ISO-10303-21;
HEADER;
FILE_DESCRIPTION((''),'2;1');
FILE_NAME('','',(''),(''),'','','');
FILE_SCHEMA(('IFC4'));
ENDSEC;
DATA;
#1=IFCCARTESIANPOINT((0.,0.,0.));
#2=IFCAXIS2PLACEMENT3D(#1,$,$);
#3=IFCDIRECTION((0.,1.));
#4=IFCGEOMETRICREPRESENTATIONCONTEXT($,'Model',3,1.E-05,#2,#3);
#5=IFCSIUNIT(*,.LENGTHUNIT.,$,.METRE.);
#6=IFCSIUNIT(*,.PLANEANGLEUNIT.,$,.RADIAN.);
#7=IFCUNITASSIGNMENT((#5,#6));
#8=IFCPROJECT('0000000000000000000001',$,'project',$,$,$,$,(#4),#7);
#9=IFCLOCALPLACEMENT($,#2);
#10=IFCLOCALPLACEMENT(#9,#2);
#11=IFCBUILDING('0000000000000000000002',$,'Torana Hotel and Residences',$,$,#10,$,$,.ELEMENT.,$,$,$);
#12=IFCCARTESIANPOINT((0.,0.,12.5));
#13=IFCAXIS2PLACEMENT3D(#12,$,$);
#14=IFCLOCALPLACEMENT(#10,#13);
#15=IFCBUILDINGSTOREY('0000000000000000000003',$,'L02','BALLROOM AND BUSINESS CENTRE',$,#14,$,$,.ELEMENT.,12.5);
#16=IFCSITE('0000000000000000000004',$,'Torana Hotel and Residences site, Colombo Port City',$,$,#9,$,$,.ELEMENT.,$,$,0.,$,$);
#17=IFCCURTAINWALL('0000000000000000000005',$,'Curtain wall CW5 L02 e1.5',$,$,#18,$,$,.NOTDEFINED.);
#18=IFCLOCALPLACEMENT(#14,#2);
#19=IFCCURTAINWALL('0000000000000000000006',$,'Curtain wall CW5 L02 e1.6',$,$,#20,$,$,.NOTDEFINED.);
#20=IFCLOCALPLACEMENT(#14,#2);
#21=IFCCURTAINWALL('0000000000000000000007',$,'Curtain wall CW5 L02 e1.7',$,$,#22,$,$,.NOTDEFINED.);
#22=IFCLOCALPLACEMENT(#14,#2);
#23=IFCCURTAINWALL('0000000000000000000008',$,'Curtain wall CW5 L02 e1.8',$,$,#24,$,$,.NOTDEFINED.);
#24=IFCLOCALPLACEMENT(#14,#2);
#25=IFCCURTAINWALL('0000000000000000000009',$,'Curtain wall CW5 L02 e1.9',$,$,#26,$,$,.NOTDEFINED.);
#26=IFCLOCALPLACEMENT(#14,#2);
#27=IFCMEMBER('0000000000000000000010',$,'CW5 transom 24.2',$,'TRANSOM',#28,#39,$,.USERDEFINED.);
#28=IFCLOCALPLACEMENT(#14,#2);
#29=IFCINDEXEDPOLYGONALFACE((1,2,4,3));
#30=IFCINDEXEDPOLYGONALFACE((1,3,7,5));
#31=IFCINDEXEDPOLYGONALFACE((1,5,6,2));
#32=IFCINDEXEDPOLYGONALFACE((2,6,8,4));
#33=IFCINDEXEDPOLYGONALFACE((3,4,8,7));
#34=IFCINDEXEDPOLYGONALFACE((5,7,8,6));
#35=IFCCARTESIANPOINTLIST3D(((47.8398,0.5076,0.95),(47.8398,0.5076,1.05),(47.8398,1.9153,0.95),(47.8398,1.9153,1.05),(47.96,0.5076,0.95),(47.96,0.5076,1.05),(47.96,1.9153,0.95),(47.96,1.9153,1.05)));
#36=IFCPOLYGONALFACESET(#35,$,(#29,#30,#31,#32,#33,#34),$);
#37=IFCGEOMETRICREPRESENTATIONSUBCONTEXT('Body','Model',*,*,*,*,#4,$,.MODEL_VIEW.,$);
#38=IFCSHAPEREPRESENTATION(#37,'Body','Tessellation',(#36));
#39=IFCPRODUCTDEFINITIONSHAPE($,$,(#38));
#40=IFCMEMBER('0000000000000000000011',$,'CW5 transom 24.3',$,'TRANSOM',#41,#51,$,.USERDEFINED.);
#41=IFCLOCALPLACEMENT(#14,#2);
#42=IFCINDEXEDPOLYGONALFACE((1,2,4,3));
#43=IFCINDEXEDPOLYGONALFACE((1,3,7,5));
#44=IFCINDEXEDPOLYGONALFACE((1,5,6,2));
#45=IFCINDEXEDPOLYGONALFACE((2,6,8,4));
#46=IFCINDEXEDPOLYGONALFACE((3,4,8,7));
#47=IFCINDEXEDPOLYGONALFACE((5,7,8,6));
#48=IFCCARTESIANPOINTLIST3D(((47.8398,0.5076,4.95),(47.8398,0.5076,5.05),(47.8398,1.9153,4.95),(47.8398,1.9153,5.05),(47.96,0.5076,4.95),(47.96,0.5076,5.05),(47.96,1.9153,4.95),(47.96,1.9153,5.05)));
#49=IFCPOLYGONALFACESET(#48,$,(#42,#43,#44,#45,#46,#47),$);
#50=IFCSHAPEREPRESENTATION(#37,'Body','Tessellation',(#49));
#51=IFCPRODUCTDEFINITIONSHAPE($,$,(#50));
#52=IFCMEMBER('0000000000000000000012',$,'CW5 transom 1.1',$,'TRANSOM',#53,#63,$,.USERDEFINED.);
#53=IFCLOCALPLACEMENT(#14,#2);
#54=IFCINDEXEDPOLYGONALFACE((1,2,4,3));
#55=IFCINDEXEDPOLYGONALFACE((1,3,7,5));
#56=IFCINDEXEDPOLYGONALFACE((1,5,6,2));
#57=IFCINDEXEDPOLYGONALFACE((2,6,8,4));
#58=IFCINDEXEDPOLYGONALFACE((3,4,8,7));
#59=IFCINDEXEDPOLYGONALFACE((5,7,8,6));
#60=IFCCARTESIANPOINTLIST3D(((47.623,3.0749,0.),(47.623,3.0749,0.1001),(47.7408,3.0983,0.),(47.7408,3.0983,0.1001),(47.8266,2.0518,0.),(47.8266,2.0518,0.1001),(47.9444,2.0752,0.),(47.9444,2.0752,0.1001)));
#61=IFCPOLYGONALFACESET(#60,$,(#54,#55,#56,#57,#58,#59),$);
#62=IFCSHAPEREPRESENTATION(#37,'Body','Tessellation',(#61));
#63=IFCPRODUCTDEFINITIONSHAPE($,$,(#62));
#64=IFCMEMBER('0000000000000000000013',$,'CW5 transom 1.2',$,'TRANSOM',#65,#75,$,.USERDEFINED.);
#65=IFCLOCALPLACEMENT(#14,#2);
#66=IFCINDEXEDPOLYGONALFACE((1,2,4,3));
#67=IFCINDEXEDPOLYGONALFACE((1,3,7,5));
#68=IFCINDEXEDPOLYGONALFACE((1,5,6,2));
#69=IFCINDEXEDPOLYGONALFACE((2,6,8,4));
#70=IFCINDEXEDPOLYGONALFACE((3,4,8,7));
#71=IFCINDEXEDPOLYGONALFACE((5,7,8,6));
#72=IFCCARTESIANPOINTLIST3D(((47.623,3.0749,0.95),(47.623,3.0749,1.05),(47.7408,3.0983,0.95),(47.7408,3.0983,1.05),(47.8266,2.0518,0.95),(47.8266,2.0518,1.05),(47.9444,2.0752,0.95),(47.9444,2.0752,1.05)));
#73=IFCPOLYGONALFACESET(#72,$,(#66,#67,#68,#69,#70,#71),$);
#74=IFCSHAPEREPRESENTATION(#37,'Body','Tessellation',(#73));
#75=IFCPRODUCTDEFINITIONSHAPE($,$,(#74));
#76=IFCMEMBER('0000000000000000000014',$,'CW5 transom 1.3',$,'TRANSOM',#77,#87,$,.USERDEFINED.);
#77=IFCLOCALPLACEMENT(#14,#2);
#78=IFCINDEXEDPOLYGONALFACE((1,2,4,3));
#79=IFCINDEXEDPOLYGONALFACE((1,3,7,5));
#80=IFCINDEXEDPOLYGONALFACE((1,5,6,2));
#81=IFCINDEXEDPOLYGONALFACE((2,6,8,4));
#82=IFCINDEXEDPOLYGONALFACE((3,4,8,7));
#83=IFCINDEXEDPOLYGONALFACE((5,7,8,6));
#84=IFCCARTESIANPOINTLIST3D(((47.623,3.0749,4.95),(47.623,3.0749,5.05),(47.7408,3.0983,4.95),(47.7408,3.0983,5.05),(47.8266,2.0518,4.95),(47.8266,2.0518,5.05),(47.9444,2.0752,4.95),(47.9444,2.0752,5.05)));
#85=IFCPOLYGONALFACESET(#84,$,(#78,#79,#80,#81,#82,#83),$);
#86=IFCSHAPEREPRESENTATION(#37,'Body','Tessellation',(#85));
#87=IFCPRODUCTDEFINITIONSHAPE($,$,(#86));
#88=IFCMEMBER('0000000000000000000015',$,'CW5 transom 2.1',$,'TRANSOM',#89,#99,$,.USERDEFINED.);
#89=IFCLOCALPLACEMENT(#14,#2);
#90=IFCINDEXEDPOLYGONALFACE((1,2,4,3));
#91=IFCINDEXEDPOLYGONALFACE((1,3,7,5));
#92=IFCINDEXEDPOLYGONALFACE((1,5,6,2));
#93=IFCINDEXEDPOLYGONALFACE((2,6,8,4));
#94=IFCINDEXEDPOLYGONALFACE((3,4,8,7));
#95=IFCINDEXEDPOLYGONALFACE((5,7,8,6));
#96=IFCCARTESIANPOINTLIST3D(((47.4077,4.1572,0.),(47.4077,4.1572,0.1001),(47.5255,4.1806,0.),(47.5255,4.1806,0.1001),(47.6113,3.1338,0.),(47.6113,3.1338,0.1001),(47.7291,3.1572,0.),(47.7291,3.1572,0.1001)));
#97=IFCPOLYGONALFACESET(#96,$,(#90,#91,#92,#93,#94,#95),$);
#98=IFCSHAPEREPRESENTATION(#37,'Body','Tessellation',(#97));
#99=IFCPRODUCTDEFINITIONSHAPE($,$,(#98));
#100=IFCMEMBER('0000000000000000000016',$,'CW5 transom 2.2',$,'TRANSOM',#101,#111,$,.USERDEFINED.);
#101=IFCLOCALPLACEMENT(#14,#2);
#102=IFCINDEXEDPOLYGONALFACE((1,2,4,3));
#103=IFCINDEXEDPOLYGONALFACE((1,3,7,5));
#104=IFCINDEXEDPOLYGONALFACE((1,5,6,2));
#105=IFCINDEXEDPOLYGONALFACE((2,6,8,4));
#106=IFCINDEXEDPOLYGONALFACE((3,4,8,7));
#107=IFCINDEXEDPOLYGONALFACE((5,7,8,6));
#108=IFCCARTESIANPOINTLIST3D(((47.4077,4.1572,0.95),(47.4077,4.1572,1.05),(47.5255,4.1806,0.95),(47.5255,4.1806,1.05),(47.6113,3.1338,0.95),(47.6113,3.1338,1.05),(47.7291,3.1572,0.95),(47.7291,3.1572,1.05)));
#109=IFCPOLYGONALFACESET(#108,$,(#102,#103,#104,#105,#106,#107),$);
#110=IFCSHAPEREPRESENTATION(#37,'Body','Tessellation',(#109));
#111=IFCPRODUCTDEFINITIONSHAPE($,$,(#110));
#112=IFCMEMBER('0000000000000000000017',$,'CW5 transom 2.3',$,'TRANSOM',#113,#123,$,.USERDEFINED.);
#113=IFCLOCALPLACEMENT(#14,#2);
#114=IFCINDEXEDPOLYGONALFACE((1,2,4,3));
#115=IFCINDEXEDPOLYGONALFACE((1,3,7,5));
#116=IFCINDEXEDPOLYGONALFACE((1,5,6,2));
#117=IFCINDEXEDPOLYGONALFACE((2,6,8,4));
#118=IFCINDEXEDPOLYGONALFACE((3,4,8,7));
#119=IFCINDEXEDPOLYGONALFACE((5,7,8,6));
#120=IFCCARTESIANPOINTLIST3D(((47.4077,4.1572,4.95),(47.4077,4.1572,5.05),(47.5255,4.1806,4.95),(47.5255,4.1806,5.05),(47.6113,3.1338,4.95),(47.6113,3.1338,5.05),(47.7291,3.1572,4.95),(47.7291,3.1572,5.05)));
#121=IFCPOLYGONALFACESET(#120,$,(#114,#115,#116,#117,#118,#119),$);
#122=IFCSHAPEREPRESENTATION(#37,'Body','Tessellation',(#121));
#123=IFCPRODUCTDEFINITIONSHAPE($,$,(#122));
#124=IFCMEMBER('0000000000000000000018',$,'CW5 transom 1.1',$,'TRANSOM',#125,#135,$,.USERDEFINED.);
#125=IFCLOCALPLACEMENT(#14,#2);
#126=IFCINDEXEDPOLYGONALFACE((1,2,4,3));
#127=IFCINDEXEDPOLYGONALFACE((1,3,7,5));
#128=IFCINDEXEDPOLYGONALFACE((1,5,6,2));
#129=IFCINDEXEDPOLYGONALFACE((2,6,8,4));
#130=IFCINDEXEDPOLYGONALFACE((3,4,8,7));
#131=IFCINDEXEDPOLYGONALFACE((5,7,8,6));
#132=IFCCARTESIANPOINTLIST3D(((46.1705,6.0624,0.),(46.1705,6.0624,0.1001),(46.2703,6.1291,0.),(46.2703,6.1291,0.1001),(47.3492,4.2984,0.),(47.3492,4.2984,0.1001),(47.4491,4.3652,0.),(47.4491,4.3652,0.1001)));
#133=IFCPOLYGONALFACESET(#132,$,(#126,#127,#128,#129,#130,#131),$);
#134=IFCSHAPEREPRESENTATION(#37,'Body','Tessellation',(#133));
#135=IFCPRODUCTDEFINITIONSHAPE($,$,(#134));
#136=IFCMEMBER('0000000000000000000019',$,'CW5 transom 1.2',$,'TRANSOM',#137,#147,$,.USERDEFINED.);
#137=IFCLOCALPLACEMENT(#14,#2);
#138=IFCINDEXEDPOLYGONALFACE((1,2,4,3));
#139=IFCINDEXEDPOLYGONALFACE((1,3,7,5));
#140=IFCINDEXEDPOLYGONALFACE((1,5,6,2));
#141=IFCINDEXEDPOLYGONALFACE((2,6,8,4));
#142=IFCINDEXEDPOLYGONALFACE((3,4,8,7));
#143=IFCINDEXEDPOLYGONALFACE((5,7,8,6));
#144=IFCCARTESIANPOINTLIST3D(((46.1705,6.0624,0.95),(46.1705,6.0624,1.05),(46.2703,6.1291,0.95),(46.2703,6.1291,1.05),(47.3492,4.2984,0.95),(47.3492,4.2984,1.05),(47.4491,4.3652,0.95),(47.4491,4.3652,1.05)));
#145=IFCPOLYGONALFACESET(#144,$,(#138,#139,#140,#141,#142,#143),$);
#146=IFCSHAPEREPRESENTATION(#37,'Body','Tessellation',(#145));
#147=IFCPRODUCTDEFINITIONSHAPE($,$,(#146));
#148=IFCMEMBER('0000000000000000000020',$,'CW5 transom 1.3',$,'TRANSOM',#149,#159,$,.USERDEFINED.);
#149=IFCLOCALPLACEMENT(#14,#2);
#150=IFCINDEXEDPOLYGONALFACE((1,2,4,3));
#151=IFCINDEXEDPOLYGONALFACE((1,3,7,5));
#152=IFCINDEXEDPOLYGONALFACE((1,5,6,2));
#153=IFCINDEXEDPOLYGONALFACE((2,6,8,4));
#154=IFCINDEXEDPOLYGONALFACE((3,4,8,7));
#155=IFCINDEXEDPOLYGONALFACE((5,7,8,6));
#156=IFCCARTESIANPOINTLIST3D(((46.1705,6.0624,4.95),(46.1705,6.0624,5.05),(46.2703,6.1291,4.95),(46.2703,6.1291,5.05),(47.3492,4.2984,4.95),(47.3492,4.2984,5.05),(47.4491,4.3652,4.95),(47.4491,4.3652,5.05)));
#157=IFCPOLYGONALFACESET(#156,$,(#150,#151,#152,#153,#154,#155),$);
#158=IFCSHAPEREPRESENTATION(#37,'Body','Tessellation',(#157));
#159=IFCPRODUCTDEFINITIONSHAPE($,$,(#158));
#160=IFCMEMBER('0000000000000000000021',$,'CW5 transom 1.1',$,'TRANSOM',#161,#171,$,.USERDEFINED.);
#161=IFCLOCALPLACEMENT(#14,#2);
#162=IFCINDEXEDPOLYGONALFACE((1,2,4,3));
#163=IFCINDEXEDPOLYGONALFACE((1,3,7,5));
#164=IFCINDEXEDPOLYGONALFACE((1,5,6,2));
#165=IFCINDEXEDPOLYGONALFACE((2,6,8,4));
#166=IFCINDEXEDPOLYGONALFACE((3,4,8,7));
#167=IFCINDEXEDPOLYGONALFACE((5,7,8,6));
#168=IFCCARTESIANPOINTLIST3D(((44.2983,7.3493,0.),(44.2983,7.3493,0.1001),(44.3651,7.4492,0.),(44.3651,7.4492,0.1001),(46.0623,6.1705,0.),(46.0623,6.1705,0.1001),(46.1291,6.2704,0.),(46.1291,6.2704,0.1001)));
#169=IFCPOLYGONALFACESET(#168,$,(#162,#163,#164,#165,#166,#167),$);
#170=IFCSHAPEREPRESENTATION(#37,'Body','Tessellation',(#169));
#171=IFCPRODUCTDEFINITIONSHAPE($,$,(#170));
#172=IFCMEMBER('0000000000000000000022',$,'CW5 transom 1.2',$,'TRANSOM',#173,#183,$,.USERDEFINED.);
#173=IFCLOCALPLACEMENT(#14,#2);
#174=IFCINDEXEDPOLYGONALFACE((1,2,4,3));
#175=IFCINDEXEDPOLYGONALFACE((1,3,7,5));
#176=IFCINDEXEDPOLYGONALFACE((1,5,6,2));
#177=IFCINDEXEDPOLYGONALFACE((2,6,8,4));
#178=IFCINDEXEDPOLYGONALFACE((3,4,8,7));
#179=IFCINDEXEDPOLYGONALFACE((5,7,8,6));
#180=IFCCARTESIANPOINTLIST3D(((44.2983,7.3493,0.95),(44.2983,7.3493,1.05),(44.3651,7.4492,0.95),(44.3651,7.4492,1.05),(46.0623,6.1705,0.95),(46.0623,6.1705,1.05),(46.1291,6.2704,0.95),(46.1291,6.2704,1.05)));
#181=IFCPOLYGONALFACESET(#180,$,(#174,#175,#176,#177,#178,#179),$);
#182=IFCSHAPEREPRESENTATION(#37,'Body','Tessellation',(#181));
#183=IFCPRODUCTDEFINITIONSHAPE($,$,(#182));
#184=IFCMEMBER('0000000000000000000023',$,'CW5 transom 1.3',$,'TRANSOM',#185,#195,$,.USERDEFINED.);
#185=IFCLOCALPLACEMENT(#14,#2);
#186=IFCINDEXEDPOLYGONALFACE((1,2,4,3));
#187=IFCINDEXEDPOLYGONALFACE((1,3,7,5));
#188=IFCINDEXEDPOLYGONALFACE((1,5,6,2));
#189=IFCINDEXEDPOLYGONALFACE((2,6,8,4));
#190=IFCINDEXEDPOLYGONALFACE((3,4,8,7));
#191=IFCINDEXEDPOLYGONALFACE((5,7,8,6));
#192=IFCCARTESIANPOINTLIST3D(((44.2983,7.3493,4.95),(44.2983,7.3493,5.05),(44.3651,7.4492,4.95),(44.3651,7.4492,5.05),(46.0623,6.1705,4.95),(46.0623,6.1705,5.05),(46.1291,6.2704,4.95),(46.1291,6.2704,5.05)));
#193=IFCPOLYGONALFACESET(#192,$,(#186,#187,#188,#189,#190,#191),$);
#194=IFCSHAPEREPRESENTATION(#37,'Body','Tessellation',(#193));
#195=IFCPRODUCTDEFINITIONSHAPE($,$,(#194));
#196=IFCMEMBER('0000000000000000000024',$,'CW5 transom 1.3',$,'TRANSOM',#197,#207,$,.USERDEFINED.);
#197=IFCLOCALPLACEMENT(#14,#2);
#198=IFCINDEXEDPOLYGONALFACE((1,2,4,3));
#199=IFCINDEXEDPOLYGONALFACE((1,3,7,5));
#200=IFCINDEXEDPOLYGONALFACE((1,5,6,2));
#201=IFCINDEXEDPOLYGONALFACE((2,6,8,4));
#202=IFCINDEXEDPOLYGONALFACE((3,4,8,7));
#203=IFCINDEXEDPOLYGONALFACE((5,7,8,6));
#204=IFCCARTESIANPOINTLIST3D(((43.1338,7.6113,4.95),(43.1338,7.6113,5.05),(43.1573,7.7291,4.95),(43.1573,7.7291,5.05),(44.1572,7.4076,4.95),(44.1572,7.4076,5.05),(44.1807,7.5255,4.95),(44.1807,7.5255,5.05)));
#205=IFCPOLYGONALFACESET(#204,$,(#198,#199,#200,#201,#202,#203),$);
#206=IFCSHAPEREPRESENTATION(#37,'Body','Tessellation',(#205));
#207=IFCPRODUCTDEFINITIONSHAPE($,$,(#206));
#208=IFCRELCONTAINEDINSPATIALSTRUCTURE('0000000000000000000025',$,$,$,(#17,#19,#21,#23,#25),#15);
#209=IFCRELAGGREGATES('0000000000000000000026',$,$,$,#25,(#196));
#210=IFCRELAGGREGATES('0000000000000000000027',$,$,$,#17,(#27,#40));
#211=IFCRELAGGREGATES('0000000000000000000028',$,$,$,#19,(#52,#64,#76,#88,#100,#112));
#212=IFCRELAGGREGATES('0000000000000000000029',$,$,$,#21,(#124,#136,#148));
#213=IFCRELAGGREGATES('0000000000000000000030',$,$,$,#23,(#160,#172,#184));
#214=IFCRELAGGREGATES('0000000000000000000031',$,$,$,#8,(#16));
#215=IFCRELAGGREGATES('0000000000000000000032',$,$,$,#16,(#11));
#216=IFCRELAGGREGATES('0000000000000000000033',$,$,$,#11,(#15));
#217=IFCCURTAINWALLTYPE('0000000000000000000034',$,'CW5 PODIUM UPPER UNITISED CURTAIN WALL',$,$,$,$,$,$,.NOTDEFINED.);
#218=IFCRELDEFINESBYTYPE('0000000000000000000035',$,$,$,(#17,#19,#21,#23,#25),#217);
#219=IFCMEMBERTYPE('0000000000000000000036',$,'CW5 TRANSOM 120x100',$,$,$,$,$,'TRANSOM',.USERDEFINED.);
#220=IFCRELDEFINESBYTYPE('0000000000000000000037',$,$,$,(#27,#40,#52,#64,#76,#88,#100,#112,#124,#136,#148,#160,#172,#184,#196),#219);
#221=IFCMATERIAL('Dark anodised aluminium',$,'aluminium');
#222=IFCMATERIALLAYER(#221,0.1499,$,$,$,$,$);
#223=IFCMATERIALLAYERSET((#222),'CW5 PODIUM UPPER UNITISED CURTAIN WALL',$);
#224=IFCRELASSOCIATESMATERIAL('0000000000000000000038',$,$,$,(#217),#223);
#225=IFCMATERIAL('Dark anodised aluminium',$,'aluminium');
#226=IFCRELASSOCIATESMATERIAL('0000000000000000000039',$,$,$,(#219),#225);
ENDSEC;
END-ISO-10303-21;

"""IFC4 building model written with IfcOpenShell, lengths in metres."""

from ifc_helpers import new_model, si_unit, direction, frame, origin, origin_2d, place, context, subcontext, project, spatial, rectangle, extrude, material, layer, layer_set, material_profile, profile_set, type_object, element, aggregate, save


model = new_model("IFC4")

# Units and contexts
model_context = context("Model", 3, precision=1e-05, world=origin(), true_north=direction((0.0, 1.0)))
body_context = subcontext(model_context, "Body", "Model", "MODEL_VIEW")
ifc_project = project(units=[si_unit("LENGTHUNIT", "METRE"), si_unit("PLANEANGLEUNIT", "RADIAN")], contexts=[model_context])

# Site, building, storey
site_placement = place(None, origin())
site = spatial("IfcSite", under=ifc_project, at=site_placement, Name="Torana Hotel and Residences site, Colombo Port City", CompositionType="ELEMENT", RefElevation=0.0)
building_placement = place(site_placement, origin())
building = spatial("IfcBuilding", under=site, at=building_placement, Name="Torana Hotel and Residences", CompositionType="ELEMENT")
storey_placement = place(building_placement, frame((0.0, 0.0, 12.5)))
storey = spatial("IfcBuildingStorey", under=building, at=storey_placement, Name="L02", Description="BALLROOM AND BUSINESS CENTRE", CompositionType="ELEMENT", Elevation=12.5)

# Curtain wall
ifc_material_1 = material(Name="Dark anodised aluminium", Category="aluminium")
ifc_layer_1 = layer(ifc_material_1, 0.1499)
ifc_layer_set_1 = layer_set([ifc_layer_1], Name="CW5 PODIUM UPPER UNITISED CURTAIN WALL")
curtain_wall_type = type_object("IfcCurtainWallType", Name="CW5 PODIUM UPPER UNITISED CURTAIN WALL", PredefinedType="NOTDEFINED", material=ifc_layer_set_1)
curtain_wall_1_placement = place(storey_placement, origin())
curtain_wall_1 = element("IfcCurtainWall", 1, at=curtain_wall_1_placement, inside=storey, type_object=curtain_wall_type, Name="Curtain wall CW5 L02 e1.5", PredefinedType="NOTDEFINED")

# Curtain walls
curtain_wall_2_placement = place(storey_placement, origin())
curtain_wall_2 = element("IfcCurtainWall", 2, at=curtain_wall_2_placement, inside=storey, type_object=curtain_wall_type, Name="Curtain wall CW5 L02 e1.6", PredefinedType="NOTDEFINED")
curtain_wall_3_placement = place(storey_placement, origin())
curtain_wall_3 = element("IfcCurtainWall", 3, at=curtain_wall_3_placement, inside=storey, type_object=curtain_wall_type, Name="Curtain wall CW5 L02 e1.7", PredefinedType="NOTDEFINED")
curtain_wall_4_placement = place(storey_placement, origin())
curtain_wall_4 = element("IfcCurtainWall", 4, at=curtain_wall_4_placement, inside=storey, type_object=curtain_wall_type, Name="Curtain wall CW5 L02 e1.8", PredefinedType="NOTDEFINED")

# Curtain wall
curtain_wall_5_placement = place(storey_placement, origin())
curtain_wall_5 = element("IfcCurtainWall", 5, at=curtain_wall_5_placement, inside=storey, type_object=curtain_wall_type, Name="Curtain wall CW5 L02 e1.9", PredefinedType="NOTDEFINED")

# Members
ifc_material_2 = material(Name="Dark anodised aluminium", Category="aluminium")
ifc_material_profile_1 = material_profile(ifc_material_2, rectangle(XDim=0.1201, YDim=0.1001, at=origin_2d()), Name="CW5 TRANSOM 120x100")
ifc_profile_set_1 = profile_set([ifc_material_profile_1], Name="Dark anodised aluminium")
member_type_1 = type_object("IfcMemberType", Name="CW5 TRANSOM 120x100", ElementType="TRANSOM", PredefinedType="USERDEFINED", material=ifc_profile_set_1)
member_1_placement = place(storey_placement, frame((47.8999, 0.5076, 1.0), z_axis=(0.0, 1.0, 0.0), x_axis=(-1.0, 0.0, 0.0)))
member_1 = element("IfcMember", 6, at=member_1_placement, type_object=member_type_1, Name="CW5 transom 24.2", ObjectType="TRANSOM", PredefinedType="USERDEFINED", context=body_context, shape_type="SweptSolid", body=[
    extrude(rectangle(XDim=0.1201, YDim=0.1001, at=origin_2d()), origin(), (0.0, 0.0, 1.0), 1.4077),
])
member_2_placement = place(storey_placement, frame((47.8999, 0.5076, 5.0), z_axis=(0.0, 1.0, 0.0), x_axis=(-1.0, 0.0, 0.0)))
member_2 = element("IfcMember", 7, at=member_2_placement, type_object=member_type_1, Name="CW5 transom 24.3", ObjectType="TRANSOM", PredefinedType="USERDEFINED", context=body_context, shape_type="SweptSolid", body=[
    extrude(rectangle(XDim=0.1201, YDim=0.1001, at=origin_2d()), origin(), (0.0, 0.0, 1.0), 1.4077),
])
member_3_placement = place(storey_placement, frame((47.8855, 2.0635, 0.05), z_axis=(-0.195171, 0.980769, 0.0), x_axis=(-0.980769, -0.195171, 0.0)))
member_3 = element("IfcMember", 8, at=member_3_placement, type_object=member_type_1, Name="CW5 transom 1.1", ObjectType="TRANSOM", PredefinedType="USERDEFINED", context=body_context, shape_type="SweptSolid", body=[
    extrude(rectangle(XDim=0.1201, YDim=0.1001, at=origin_2d()), origin(), (0.0, 0.0, 1.0), 1.0432),
])
member_4_placement = place(storey_placement, frame((47.8855, 2.0635, 1.0), z_axis=(-0.195171, 0.980769, 0.0), x_axis=(-0.980769, -0.195171, 0.0)))
member_4 = element("IfcMember", 9, at=member_4_placement, type_object=member_type_1, Name="CW5 transom 1.2", ObjectType="TRANSOM", PredefinedType="USERDEFINED", context=body_context, shape_type="SweptSolid", body=[
    extrude(rectangle(XDim=0.1201, YDim=0.1001, at=origin_2d()), origin(), (0.0, 0.0, 1.0), 1.0432),
])
member_5_placement = place(storey_placement, frame((47.8855, 2.0635, 5.0), z_axis=(-0.195171, 0.980769, 0.0), x_axis=(-0.980769, -0.195171, 0.0)))
member_5 = element("IfcMember", 10, at=member_5_placement, type_object=member_type_1, Name="CW5 transom 1.3", ObjectType="TRANSOM", PredefinedType="USERDEFINED", context=body_context, shape_type="SweptSolid", body=[
    extrude(rectangle(XDim=0.1201, YDim=0.1001, at=origin_2d()), origin(), (0.0, 0.0, 1.0), 1.0432),
])
member_6_placement = place(storey_placement, frame((47.6702, 3.1455, 0.05), z_axis=(-0.195126, 0.980778, 0.0), x_axis=(-0.980778, -0.195126, 0.0)))
member_6 = element("IfcMember", 11, at=member_6_placement, type_object=member_type_1, Name="CW5 transom 2.1", ObjectType="TRANSOM", PredefinedType="USERDEFINED", context=body_context, shape_type="SweptSolid", body=[
    extrude(rectangle(XDim=0.1201, YDim=0.1001, at=origin_2d()), origin(), (0.0, 0.0, 1.0), 1.0435),
])
member_7_placement = place(storey_placement, frame((47.6702, 3.1455, 1.0), z_axis=(-0.195126, 0.980778, 0.0), x_axis=(-0.980778, -0.195126, 0.0)))
member_7 = element("IfcMember", 12, at=member_7_placement, type_object=member_type_1, Name="CW5 transom 2.2", ObjectType="TRANSOM", PredefinedType="USERDEFINED", context=body_context, shape_type="SweptSolid", body=[
    extrude(rectangle(XDim=0.1201, YDim=0.1001, at=origin_2d()), origin(), (0.0, 0.0, 1.0), 1.0435),
])
member_8_placement = place(storey_placement, frame((47.6702, 3.1455, 5.0), z_axis=(-0.195126, 0.980778, 0.0), x_axis=(-0.980778, -0.195126, 0.0)))
member_8 = element("IfcMember", 13, at=member_8_placement, type_object=member_type_1, Name="CW5 transom 2.3", ObjectType="TRANSOM", PredefinedType="USERDEFINED", context=body_context, shape_type="SweptSolid", body=[
    extrude(rectangle(XDim=0.1201, YDim=0.1001, at=origin_2d()), origin(), (0.0, 0.0, 1.0), 1.0435),
])
member_9_placement = place(storey_placement, frame((47.3992, 4.3318, 0.05), z_axis=(-0.555603, 0.831448, 0.0), x_axis=(-0.831448, -0.555603, 0.0)))
member_9 = element("IfcMember", 14, at=member_9_placement, type_object=member_type_1, Name="CW5 transom 1.1", ObjectType="TRANSOM", PredefinedType="USERDEFINED", context=body_context, shape_type="SweptSolid", body=[
    extrude(rectangle(XDim=0.1201, YDim=0.1001, at=origin_2d()), origin(), (0.0, 0.0, 1.0), 2.1216),
])
member_10_placement = place(storey_placement, frame((47.3992, 4.3318, 1.0), z_axis=(-0.555603, 0.831448, 0.0), x_axis=(-0.831448, -0.555603, 0.0)))
member_10 = element("IfcMember", 15, at=member_10_placement, type_object=member_type_1, Name="CW5 transom 1.2", ObjectType="TRANSOM", PredefinedType="USERDEFINED", context=body_context, shape_type="SweptSolid", body=[
    extrude(rectangle(XDim=0.1201, YDim=0.1001, at=origin_2d()), origin(), (0.0, 0.0, 1.0), 2.1216),
])
member_11_placement = place(storey_placement, frame((47.3992, 4.3318, 5.0), z_axis=(-0.555603, 0.831448, 0.0), x_axis=(-0.831448, -0.555603, 0.0)))
member_11 = element("IfcMember", 16, at=member_11_placement, type_object=member_type_1, Name="CW5 transom 1.3", ObjectType="TRANSOM", PredefinedType="USERDEFINED", context=body_context, shape_type="SweptSolid", body=[
    extrude(rectangle(XDim=0.1201, YDim=0.1001, at=origin_2d()), origin(), (0.0, 0.0, 1.0), 2.1216),
])
member_12_placement = place(storey_placement, frame((46.0957, 6.2205, 0.05), z_axis=(-0.831448, 0.555603, 0.0), x_axis=(-0.555603, -0.831448, 0.0)))
member_12 = element("IfcMember", 17, at=member_12_placement, type_object=member_type_1, Name="CW5 transom 1.1", ObjectType="TRANSOM", PredefinedType="USERDEFINED", context=body_context, shape_type="SweptSolid", body=[
    extrude(rectangle(XDim=0.1201, YDim=0.1001, at=origin_2d()), origin(), (0.0, 0.0, 1.0), 2.1216),
])
member_13_placement = place(storey_placement, frame((46.0957, 6.2205, 1.0), z_axis=(-0.831448, 0.555603, 0.0), x_axis=(-0.555603, -0.831448, 0.0)))
member_13 = element("IfcMember", 18, at=member_13_placement, type_object=member_type_1, Name="CW5 transom 1.2", ObjectType="TRANSOM", PredefinedType="USERDEFINED", context=body_context, shape_type="SweptSolid", body=[
    extrude(rectangle(XDim=0.1201, YDim=0.1001, at=origin_2d()), origin(), (0.0, 0.0, 1.0), 2.1216),
])
member_14_placement = place(storey_placement, frame((46.0957, 6.2205, 5.0), z_axis=(-0.831448, 0.555603, 0.0), x_axis=(-0.555603, -0.831448, 0.0)))
member_14 = element("IfcMember", 19, at=member_14_placement, type_object=member_type_1, Name="CW5 transom 1.3", ObjectType="TRANSOM", PredefinedType="USERDEFINED", context=body_context, shape_type="SweptSolid", body=[
    extrude(rectangle(XDim=0.1201, YDim=0.1001, at=origin_2d()), origin(), (0.0, 0.0, 1.0), 2.1216),
])
member_15_placement = place(storey_placement, frame((44.1689, 7.4666, 5.0), z_axis=(-0.980778, 0.195126, 0.0), x_axis=(-0.195126, -0.980778, 0.0)))
member_15 = element("IfcMember", 20, at=member_15_placement, type_object=member_type_1, Name="CW5 transom 1.3", ObjectType="TRANSOM", PredefinedType="USERDEFINED", context=body_context, shape_type="SweptSolid", body=[
    extrude(rectangle(XDim=0.1201, YDim=0.1001, at=origin_2d()), origin(), (0.0, 0.0, 1.0), 1.0435),
])
aggregate(curtain_wall_5, [member_15])

aggregate(curtain_wall_1, [member_1, member_2])
aggregate(curtain_wall_2, [member_3, member_4, member_5, member_6, member_7, member_8])
aggregate(curtain_wall_3, [member_9, member_10, member_11])
aggregate(curtain_wall_4, [member_12, member_13, member_14])

save(model, "model.ifc")
